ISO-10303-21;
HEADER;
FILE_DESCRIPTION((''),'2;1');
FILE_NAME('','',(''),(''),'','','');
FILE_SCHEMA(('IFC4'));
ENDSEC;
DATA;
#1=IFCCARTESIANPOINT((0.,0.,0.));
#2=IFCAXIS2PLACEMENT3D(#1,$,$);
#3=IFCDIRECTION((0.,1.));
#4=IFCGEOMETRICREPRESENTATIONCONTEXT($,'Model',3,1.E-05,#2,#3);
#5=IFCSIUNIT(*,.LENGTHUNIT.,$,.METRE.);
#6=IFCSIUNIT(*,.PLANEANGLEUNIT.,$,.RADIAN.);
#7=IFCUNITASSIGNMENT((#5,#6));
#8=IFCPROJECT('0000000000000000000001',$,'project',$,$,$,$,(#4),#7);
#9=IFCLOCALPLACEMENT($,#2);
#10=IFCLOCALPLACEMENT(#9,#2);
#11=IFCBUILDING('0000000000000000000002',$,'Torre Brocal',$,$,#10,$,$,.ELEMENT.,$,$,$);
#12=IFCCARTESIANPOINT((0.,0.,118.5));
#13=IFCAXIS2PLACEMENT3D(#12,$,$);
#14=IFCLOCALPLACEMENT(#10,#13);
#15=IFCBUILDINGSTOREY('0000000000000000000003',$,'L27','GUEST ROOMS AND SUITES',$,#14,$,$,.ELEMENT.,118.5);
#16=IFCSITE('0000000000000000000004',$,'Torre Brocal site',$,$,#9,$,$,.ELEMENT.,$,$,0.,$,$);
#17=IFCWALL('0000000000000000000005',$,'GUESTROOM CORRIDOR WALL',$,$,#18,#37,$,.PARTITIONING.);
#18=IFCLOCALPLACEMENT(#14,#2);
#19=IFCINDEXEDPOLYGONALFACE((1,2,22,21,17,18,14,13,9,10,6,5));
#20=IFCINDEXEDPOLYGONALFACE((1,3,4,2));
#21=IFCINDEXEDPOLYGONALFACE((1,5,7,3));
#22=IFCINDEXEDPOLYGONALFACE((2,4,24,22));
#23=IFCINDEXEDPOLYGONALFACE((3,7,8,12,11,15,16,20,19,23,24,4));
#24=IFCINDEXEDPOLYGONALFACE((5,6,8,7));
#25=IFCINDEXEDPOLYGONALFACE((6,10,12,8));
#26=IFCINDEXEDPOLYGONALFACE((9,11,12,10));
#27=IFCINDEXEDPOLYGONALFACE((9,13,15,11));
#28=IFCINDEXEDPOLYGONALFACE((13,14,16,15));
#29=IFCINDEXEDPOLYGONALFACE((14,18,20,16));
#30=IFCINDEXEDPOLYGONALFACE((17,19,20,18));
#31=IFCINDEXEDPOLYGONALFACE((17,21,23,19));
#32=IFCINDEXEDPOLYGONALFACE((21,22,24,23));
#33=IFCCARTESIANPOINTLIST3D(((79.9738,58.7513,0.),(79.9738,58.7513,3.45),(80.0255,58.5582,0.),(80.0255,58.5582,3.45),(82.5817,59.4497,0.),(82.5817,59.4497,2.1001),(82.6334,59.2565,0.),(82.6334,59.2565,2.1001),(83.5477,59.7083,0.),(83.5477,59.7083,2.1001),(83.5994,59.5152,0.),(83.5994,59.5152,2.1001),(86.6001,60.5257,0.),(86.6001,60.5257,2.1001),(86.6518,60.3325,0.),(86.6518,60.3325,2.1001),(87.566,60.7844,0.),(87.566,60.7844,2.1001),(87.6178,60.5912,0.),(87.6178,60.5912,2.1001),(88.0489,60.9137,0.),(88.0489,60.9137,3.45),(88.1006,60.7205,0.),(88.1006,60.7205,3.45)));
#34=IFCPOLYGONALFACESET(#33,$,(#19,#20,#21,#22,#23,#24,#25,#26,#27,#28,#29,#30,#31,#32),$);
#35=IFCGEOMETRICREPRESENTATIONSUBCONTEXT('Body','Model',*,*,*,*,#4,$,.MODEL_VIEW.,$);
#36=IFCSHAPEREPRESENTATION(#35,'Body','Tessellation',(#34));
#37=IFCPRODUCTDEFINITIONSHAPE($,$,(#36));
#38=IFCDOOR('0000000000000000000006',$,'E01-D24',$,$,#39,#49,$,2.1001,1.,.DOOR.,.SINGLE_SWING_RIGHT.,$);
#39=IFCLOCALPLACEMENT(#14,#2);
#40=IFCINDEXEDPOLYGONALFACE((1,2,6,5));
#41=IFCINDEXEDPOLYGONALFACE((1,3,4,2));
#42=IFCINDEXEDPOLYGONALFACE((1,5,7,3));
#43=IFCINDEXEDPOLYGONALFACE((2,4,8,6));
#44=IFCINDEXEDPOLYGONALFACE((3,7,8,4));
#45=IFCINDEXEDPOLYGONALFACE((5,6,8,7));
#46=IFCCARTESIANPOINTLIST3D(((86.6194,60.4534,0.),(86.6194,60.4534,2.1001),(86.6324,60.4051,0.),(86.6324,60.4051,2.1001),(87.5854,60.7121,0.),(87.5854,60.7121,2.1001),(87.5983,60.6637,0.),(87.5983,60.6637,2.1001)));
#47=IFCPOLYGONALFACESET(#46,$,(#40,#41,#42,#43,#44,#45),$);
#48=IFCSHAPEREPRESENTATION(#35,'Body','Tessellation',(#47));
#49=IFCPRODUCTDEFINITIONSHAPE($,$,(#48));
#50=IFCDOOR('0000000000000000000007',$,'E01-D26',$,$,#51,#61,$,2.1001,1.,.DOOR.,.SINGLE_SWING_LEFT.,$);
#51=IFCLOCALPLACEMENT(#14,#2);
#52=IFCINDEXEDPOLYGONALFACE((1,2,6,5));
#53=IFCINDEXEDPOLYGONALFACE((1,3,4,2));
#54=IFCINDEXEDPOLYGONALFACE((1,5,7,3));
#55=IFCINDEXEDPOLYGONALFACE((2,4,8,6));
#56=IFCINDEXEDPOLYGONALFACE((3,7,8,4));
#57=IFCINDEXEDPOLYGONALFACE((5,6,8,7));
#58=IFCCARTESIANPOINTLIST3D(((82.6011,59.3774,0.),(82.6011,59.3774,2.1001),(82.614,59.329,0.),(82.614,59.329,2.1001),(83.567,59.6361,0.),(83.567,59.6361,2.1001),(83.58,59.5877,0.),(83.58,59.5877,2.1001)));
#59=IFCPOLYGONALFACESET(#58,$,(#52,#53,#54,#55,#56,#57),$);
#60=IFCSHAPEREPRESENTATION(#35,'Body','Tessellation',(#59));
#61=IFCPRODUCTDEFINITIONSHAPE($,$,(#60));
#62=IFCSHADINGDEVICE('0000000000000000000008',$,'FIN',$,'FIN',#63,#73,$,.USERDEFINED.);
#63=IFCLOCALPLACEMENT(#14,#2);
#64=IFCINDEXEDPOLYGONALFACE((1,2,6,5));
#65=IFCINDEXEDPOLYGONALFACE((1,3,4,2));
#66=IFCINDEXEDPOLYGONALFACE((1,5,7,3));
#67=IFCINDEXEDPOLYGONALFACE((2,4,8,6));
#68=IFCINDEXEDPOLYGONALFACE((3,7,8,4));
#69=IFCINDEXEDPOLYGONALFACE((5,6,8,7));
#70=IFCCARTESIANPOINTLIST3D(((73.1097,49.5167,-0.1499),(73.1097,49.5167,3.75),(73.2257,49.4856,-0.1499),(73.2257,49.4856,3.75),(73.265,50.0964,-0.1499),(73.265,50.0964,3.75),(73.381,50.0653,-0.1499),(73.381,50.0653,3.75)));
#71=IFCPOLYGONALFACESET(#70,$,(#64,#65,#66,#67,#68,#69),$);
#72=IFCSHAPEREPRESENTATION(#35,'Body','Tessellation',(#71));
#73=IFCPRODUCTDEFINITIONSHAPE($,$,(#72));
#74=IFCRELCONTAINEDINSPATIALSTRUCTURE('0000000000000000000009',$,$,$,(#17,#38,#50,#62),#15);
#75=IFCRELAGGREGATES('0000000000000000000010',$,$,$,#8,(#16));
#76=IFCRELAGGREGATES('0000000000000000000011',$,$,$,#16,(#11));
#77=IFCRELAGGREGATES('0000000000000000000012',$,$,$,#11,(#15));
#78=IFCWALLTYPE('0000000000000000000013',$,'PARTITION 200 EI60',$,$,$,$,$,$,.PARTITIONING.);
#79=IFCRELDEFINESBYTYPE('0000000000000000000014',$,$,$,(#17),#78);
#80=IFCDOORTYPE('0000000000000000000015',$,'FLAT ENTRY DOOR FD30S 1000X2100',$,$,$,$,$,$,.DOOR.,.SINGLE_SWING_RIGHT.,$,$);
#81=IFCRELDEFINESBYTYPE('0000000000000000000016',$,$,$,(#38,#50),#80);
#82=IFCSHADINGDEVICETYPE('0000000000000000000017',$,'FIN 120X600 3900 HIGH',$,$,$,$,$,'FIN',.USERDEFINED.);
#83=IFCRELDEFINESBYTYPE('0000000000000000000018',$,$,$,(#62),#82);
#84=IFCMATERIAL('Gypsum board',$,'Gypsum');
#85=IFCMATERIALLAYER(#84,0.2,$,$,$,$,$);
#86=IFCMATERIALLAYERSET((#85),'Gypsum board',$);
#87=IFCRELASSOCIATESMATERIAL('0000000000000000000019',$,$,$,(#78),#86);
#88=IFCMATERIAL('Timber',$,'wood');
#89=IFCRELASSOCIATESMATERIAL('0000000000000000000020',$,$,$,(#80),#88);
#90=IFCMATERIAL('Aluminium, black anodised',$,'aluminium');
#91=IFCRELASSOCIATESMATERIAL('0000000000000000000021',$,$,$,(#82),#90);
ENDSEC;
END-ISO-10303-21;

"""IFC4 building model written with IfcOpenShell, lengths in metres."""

from ifc_helpers import new_model, si_unit, direction, frame, frame_2d, origin, origin_2d, place, context, subcontext, project, spatial, rectangle, extrude, material, layer, layer_set, material_profile, profile_set, type_object, element, fill, save


model = new_model("IFC4")

# Units and contexts
model_context = context("Model", 3, precision=1e-05, world=origin(), true_north=direction((0.0, 1.0)))
body_context = subcontext(model_context, "Body", "Model", "MODEL_VIEW")
ifc_project = project(units=[si_unit("LENGTHUNIT", "METRE"), si_unit("PLANEANGLEUNIT", "RADIAN")], contexts=[model_context])

# Site, building, storey
site_placement = place(None, origin())
site = spatial("IfcSite", under=ifc_project, at=site_placement, Name="Torre Brocal site", CompositionType="ELEMENT", RefElevation=0.0)
building_placement = place(site_placement, origin())
building = spatial("IfcBuilding", under=site, at=building_placement, Name="Torre Brocal", CompositionType="ELEMENT")
storey_placement = place(building_placement, frame((0.0, 0.0, 118.5)))
storey = spatial("IfcBuildingStorey", under=building, at=storey_placement, Name="L27", Description="GUEST ROOMS AND SUITES", CompositionType="ELEMENT", Elevation=118.5)

# Shared definitions
ifc_material_1 = material(Name="Gypsum board", Category="Gypsum")
ifc_layer_1 = layer(ifc_material_1, 0.2)
ifc_layer_set_1 = layer_set([ifc_layer_1], Name="Gypsum board")
wall_type_1 = type_object("IfcWallType", Name="PARTITION 200 EI60", PredefinedType="PARTITIONING", material=ifc_layer_set_1)

# Wall, openings, doors
wall_1_placement = place(storey_placement, frame((79.9998, 58.6548, 0.0), z_axis=(0.0, 0.0, 1.0), x_axis=(0.965967, 0.258664, 0.0)))
wall_1 = element("IfcWall", 1, at=wall_1_placement, inside=storey, type_object=wall_type_1, Name="GUESTROOM CORRIDOR WALL", PredefinedType="PARTITIONING", context=body_context, shape_type="SweptSolid", body=[
    extrude(rectangle(XDim=8.3596, YDim=0.2, at=frame_2d((4.1797, 0.0))), origin(), (0.0, 0.0, 1.0), 3.45),
])
opening_1_placement = place(wall_1_placement, frame((6.8596, 0.0, 0.0)))
opening_1 = element("IfcOpeningElement", 2, at=opening_1_placement, cuts=wall_1, PredefinedType="OPENING", context=body_context, shape_type="SweptSolid", body=[
    extrude(rectangle(XDim=1.0, YDim=2.1001, at=frame_2d((0.5, 1.05))), frame((0.0, 0.1099, 0.0), z_axis=(0.0, -1.0, 0.0), x_axis=(1.0, 0.0, 0.0)), (0.0, 0.0, 1.0), 0.22),
])
opening_2_placement = place(wall_1_placement, frame((2.6997, 0.0, 0.0)))
opening_2 = element("IfcOpeningElement", 3, at=opening_2_placement, cuts=wall_1, PredefinedType="OPENING", context=body_context, shape_type="SweptSolid", body=[
    extrude(rectangle(XDim=1.0, YDim=2.1001, at=frame_2d((0.5, 1.05))), frame((0.0, 0.1099, 0.0), z_axis=(0.0, -1.0, 0.0), x_axis=(1.0, 0.0, 0.0)), (0.0, 0.0, 1.0), 0.22),
])
ifc_material_2 = material(Name="Timber", Category="wood")
door_type_1 = type_object("IfcDoorType", Name="FLAT ENTRY DOOR FD30S 1000X2100", OperationType="SINGLE_SWING_RIGHT", PredefinedType="DOOR", material=ifc_material_2)
door_1_placement = place(opening_1_placement, frame((1.0, 0.0, 0.0), z_axis=(0.0, 0.0, 1.0), x_axis=(-1.0, 0.0, 0.0)))
door_1 = element("IfcDoor", 4, at=door_1_placement, inside=storey, type_object=door_type_1, Name="E01-D24", OperationType="SINGLE_SWING_RIGHT", OverallHeight=2.1001, OverallWidth=1.0, PredefinedType="DOOR", context=body_context, shape_type="SweptSolid", body=[
    extrude(rectangle(XDim=1.0, YDim=2.1001, at=frame_2d((0.5, 1.05))), frame((0.0, 0.0249, 0.0), z_axis=(0.0, -1.0, 0.0), x_axis=(1.0, 0.0, 0.0)), (0.0, 0.0, 1.0), 0.05),
])
fill(opening_1, door_1)
door_2_placement = place(opening_2_placement, frame((1.0, 0.0, 0.0), z_axis=(0.0, 0.0, 1.0), x_axis=(-1.0, 0.0, 0.0)))
door_2 = element("IfcDoor", 5, at=door_2_placement, inside=storey, type_object=door_type_1, Name="E01-D26", OperationType="SINGLE_SWING_LEFT", OverallHeight=2.1001, OverallWidth=1.0, PredefinedType="DOOR", context=body_context, shape_type="SweptSolid", body=[
    extrude(rectangle(XDim=1.0, YDim=2.1001, at=frame_2d((0.5, 1.05))), frame((0.0, 0.0249, 0.0), z_axis=(0.0, -1.0, 0.0), x_axis=(1.0, 0.0, 0.0)), (0.0, 0.0, 1.0), 0.05),
])
fill(opening_2, door_2)

# Shading device
ifc_material_3 = material(Name="Aluminium, black anodised", Category="aluminium")
ifc_material_profile_1 = material_profile(ifc_material_3, rectangle(XDim=0.1201, YDim=0.6001, at=origin_2d()), Name="FIN 120X600 3900 HIGH")
ifc_profile_set_1 = profile_set([ifc_material_profile_1], Name="Aluminium, black anodised")
shading_device_type = type_object("IfcShadingDeviceType", Name="FIN 120X600 3900 HIGH", ElementType="FIN", PredefinedType="USERDEFINED", material=ifc_profile_set_1)
shading_device_placement = place(storey_placement, frame((73.2454, 49.791, -0.1499), z_axis=(0.0, 0.0, 1.0), x_axis=(0.965926, -0.258819, 0.0)))
element("IfcShadingDevice", 6, at=shading_device_placement, inside=storey, type_object=shading_device_type, Name="FIN", ObjectType="FIN", PredefinedType="USERDEFINED", context=body_context, shape_type="SweptSolid", body=[
    extrude(rectangle(XDim=0.1201, YDim=0.6001, at=origin_2d()), origin(), (0.0, 0.0, 1.0), 3.8999),
])

save(model, "model.ifc")
